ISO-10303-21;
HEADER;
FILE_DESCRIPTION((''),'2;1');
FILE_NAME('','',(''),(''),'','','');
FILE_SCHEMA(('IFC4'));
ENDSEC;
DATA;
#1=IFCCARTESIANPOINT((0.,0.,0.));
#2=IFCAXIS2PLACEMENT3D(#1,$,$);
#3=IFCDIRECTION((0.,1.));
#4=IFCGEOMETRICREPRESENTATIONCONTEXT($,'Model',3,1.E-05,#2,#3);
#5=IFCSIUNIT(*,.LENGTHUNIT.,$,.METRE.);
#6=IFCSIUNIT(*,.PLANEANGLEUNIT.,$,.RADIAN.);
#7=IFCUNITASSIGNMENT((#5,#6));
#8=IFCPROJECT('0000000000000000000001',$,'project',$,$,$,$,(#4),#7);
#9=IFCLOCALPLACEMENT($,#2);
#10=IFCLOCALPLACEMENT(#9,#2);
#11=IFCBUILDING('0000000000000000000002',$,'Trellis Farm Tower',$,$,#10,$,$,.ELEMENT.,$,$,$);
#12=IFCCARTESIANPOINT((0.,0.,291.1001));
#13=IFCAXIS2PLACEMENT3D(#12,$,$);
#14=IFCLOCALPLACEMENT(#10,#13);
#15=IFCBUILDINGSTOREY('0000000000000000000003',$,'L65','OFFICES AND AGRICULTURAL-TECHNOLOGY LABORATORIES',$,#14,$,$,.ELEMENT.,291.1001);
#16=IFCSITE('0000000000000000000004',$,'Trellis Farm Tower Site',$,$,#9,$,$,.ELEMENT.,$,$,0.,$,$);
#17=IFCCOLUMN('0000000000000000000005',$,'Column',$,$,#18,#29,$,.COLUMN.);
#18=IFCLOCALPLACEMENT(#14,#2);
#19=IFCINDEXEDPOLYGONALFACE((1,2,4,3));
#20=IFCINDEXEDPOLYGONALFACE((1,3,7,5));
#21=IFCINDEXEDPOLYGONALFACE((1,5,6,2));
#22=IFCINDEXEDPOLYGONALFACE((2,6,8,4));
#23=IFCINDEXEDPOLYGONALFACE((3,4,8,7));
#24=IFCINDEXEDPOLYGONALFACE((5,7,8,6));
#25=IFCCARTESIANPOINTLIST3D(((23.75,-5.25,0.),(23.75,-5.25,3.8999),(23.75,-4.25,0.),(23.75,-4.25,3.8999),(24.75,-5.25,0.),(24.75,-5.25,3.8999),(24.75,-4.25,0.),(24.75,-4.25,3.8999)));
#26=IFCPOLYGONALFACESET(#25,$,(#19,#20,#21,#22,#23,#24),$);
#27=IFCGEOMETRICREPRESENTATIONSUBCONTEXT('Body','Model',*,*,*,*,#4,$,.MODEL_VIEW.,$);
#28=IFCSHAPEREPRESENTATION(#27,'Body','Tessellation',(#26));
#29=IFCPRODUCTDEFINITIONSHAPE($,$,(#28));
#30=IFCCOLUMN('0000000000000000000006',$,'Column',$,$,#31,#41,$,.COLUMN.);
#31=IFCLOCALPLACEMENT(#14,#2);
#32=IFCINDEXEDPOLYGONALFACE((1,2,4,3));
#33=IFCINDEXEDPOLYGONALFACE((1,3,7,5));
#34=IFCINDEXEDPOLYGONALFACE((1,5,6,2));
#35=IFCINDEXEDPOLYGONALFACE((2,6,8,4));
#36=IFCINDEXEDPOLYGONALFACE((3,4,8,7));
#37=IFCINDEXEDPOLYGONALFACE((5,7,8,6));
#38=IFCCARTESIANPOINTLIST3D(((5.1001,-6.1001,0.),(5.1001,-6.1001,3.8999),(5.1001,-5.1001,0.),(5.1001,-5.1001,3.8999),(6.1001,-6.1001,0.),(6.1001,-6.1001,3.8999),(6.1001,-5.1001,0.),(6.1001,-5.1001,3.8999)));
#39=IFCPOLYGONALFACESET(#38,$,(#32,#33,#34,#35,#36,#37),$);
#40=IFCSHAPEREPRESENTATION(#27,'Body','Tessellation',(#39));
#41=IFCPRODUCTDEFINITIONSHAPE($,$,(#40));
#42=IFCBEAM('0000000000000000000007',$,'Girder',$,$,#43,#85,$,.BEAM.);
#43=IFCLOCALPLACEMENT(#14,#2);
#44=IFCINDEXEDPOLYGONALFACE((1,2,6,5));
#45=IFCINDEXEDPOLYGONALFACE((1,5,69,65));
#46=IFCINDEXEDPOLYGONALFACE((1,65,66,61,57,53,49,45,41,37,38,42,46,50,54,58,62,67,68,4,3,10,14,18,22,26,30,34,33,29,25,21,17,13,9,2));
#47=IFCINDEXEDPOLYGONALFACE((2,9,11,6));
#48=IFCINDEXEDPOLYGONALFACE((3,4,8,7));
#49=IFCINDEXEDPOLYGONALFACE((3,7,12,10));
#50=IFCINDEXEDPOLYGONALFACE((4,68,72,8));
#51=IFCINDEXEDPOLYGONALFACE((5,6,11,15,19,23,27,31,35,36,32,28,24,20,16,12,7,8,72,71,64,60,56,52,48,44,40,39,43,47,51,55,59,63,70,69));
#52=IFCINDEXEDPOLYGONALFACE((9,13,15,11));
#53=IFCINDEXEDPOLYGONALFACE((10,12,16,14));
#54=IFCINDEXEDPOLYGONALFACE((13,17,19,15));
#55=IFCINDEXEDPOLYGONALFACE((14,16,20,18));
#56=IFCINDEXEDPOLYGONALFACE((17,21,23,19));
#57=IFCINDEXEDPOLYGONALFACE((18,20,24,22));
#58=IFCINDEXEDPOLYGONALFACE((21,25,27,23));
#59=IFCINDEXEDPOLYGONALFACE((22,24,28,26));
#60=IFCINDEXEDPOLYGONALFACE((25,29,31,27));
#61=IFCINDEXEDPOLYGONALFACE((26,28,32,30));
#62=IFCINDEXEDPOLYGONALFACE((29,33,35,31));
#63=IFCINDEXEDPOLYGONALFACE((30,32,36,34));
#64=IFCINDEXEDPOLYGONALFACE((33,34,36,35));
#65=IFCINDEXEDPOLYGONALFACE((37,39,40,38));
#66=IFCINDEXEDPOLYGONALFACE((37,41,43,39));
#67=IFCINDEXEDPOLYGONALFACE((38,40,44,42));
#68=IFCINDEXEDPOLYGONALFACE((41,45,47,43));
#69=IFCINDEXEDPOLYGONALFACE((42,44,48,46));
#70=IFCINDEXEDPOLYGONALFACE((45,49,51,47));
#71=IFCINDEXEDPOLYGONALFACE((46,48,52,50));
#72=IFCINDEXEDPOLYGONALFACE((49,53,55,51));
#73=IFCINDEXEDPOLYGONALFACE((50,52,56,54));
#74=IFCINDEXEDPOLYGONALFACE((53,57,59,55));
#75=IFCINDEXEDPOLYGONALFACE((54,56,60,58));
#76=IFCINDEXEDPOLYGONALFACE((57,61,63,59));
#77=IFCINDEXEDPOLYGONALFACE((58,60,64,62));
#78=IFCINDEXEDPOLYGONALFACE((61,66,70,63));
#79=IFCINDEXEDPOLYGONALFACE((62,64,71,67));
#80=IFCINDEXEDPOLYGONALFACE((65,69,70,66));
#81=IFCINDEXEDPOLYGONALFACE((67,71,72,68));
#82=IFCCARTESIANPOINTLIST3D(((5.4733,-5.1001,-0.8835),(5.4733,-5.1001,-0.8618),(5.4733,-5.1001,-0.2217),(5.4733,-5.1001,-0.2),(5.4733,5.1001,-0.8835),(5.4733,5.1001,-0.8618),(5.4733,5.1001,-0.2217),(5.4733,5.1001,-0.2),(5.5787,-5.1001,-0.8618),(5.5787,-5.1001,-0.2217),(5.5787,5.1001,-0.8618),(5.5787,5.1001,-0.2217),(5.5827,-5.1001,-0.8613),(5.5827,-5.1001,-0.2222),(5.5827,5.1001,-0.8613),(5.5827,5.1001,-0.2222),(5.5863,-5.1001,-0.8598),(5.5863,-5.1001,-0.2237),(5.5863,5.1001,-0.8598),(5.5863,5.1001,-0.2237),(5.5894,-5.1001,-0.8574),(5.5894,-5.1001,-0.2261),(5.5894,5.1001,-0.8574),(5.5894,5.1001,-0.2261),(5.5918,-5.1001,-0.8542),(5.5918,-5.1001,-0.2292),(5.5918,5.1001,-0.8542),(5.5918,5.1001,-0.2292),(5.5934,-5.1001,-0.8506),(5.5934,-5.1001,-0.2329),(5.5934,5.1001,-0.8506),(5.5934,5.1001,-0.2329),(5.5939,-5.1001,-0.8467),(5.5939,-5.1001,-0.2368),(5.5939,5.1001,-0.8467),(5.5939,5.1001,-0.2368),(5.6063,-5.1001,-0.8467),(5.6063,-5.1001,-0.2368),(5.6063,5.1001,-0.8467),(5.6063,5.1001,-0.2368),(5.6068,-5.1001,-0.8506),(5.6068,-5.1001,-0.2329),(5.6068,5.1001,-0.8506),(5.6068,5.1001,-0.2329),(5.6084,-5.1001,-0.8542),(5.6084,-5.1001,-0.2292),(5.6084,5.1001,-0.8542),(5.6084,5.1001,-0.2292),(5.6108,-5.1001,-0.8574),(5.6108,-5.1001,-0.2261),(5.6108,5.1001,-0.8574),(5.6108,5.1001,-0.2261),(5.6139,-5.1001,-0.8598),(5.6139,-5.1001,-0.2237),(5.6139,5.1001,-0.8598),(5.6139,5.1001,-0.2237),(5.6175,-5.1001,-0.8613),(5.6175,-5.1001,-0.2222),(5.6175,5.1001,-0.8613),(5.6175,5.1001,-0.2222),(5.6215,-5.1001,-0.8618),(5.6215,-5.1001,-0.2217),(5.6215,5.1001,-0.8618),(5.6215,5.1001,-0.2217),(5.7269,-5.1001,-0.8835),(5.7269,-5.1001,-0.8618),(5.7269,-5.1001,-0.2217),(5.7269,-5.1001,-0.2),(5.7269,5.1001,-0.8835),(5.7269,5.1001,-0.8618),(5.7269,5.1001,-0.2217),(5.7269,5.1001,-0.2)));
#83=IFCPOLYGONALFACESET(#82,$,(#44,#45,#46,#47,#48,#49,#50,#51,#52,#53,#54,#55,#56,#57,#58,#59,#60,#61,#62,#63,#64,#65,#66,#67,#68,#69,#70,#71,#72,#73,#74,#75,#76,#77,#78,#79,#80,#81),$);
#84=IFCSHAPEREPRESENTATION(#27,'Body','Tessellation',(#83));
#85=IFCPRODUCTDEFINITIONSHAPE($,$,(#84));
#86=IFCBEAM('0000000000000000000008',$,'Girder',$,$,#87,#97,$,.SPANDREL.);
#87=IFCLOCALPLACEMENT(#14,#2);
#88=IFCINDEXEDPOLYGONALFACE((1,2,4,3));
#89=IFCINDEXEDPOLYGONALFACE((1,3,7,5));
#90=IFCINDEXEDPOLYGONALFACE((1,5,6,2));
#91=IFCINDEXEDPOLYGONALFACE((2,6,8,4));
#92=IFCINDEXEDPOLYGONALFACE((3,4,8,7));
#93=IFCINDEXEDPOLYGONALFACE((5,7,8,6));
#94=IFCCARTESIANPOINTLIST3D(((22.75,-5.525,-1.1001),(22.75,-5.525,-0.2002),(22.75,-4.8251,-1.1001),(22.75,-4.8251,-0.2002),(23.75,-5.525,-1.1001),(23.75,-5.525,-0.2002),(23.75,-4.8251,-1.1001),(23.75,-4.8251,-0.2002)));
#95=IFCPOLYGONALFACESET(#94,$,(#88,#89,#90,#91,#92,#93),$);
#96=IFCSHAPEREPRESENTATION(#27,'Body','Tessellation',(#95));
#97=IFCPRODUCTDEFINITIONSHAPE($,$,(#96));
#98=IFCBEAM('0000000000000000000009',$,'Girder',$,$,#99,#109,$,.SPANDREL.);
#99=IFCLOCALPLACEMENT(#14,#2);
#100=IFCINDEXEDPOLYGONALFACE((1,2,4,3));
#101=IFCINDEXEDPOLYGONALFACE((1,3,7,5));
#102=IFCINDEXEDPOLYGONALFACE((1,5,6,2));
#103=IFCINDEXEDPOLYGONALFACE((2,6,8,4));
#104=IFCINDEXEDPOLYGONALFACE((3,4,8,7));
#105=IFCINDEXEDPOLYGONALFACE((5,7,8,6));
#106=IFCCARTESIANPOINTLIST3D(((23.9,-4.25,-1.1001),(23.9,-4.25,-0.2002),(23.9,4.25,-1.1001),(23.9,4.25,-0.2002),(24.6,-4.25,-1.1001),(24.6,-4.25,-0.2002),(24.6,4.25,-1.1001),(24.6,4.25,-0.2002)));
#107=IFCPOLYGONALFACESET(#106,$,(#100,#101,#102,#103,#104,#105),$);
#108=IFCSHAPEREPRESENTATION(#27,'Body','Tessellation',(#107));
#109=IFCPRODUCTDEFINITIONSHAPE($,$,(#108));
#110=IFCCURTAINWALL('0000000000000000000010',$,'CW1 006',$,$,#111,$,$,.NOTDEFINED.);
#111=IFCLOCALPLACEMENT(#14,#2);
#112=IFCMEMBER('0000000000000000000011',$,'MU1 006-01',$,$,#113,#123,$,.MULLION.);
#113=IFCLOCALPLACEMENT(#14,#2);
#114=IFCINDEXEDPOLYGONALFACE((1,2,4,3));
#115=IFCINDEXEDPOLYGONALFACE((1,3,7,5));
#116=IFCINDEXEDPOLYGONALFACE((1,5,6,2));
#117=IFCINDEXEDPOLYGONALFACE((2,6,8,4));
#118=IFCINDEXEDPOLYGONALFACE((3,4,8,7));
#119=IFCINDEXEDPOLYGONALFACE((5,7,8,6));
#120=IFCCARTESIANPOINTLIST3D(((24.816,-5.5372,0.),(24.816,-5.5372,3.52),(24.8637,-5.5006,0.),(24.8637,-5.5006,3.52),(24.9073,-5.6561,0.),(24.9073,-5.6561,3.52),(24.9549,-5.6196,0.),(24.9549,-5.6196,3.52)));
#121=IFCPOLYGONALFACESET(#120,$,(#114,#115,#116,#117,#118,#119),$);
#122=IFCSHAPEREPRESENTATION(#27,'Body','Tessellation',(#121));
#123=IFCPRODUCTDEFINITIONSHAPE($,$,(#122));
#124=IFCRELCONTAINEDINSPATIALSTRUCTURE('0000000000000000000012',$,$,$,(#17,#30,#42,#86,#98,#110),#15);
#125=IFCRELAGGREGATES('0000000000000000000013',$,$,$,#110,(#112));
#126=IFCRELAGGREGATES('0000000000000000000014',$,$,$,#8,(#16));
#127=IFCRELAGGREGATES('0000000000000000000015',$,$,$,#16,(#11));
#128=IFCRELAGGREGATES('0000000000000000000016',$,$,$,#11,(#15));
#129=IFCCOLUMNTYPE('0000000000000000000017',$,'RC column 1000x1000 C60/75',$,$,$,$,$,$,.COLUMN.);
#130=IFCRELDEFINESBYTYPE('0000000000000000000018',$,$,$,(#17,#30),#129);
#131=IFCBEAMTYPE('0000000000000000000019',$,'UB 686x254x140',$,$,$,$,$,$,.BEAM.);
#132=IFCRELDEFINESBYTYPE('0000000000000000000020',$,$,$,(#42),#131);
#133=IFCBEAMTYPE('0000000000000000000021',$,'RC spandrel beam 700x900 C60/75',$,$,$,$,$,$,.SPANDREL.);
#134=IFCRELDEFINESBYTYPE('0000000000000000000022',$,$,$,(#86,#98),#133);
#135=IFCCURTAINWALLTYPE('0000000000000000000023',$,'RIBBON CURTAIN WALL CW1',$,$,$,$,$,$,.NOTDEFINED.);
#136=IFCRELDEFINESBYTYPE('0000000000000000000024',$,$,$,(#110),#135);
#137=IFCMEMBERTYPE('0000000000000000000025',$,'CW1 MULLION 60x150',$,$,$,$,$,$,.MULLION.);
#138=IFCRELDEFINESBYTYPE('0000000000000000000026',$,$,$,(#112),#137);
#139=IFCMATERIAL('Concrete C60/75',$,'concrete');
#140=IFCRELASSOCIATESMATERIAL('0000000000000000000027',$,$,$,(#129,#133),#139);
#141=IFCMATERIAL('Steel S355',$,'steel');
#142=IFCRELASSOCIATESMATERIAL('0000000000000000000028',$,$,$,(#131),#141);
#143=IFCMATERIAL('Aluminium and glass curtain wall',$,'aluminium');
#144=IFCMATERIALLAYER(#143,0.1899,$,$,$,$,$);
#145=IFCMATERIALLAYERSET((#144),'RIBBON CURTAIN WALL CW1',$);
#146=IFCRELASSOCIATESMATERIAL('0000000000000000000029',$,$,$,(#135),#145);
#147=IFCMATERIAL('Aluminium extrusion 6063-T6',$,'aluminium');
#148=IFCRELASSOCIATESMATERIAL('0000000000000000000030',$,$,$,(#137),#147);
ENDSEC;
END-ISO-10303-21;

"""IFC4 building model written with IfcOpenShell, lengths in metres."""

from ifc_helpers import new_model, si_unit, direction, frame, origin, origin_2d, place, context, subcontext, project, spatial, rectangle, i_section, extrude, source, transform, mapped, material, layer, layer_set, material_profile, profile_set, type_object, element, aggregate, save


model = new_model("IFC4")

# Units and contexts
model_context = context("Model", 3, precision=1e-05, world=origin(), true_north=direction((0.0, 1.0)))
body_context = subcontext(model_context, "Body", "Model", "MODEL_VIEW")
ifc_project = project(units=[si_unit("LENGTHUNIT", "METRE"), si_unit("PLANEANGLEUNIT", "RADIAN")], contexts=[model_context])

# Site, building, storey
site_placement = place(None, origin())
site = spatial("IfcSite", under=ifc_project, at=site_placement, Name="Trellis Farm Tower Site", CompositionType="ELEMENT", RefElevation=0.0)
building_placement = place(site_placement, origin())
building = spatial("IfcBuilding", under=site, at=building_placement, Name="Trellis Farm Tower", CompositionType="ELEMENT")
storey_placement = place(building_placement, frame((0.0, 0.0, 291.1001)))
storey = spatial("IfcBuildingStorey", under=building, at=storey_placement, Name="L65", Description="OFFICES AND AGRICULTURAL-TECHNOLOGY LABORATORIES", CompositionType="ELEMENT", Elevation=291.1001)

# Columns
ifc_material_1 = material(Name="Concrete C60/75", Category="concrete")
ifc_material_profile_1 = material_profile(ifc_material_1, rectangle(XDim=1.0, YDim=1.0, at=origin_2d()), Name="RC column 1000x1000 C60/75")
ifc_profile_set_1 = profile_set([ifc_material_profile_1], Name="Concrete C60/75")
column_type = type_object("IfcColumnType", Name="RC column 1000x1000 C60/75", PredefinedType="COLUMN", material=ifc_profile_set_1)
shared_shape_1 = source(origin(), body_context, "Body", "SweptSolid", [
    extrude(rectangle(XDim=1.0, YDim=1.0, at=origin_2d()), origin(), (0.0, 0.0, 1.0), 3.8999),
])
for number, where, z_axis, x_axis, name in (
    (1, (24.25, -4.75, 0.0), (0.0, 0.0, 1.0), (1.0, 0.0, 0.0), "Column"),
    (2, (5.6001, -5.6001, 0.0), (0.0, 0.0, 1.0), (1.0, 0.0, 0.0), "Column"),
):
    element("IfcColumn", number, at=place(storey_placement, frame(where, z_axis=z_axis, x_axis=x_axis)), inside=storey, type_object=column_type, Name=name, PredefinedType="COLUMN", context=body_context, shape_type="MappedRepresentation", body=[
        mapped(shared_shape_1, transform((0.0, 0.0, 0.0))),
    ])

# Beams
ifc_material_2 = material(Name="Steel S355", Category="steel")
ifc_material_profile_2 = material_profile(ifc_material_2, i_section(OverallWidth=0.2537, OverallDepth=0.6836, WebThickness=0.0125, FlangeThickness=0.0217, FilletRadius=0.0151, at=origin_2d()), Name="UB 686x254x140")
ifc_profile_set_2 = profile_set([ifc_material_profile_2], Name="Steel S355")
beam_type_1 = type_object("IfcBeamType", Name="UB 686x254x140", PredefinedType="BEAM", material=ifc_profile_set_2)
shared_shape_2 = source(origin(), body_context, "Body", "SweptSolid", [
    extrude(i_section(OverallWidth=0.2537, OverallDepth=0.6836, WebThickness=0.0125, FlangeThickness=0.0217, FilletRadius=0.0151, at=origin_2d()), origin(), (0.0, 0.0, 1.0), 10.2002),
])
beam_1_placement = place(storey_placement, frame((5.6001, -5.1001, -0.5417), z_axis=(0.0, 1.0, 0.0), x_axis=(-1.0, 0.0, 0.0)))
element("IfcBeam", 3, at=beam_1_placement, inside=storey, type_object=beam_type_1, Name="Girder", PredefinedType="BEAM", context=body_context, shape_type="MappedRepresentation", body=[
    mapped(shared_shape_2, transform((0.0, 0.0, 0.0))),
])
ifc_material_profile_3 = material_profile(ifc_material_1, rectangle(XDim=0.7, YDim=0.8999, at=origin_2d()), Name="RC spandrel beam 700x900 C60/75")
ifc_profile_set_3 = profile_set([ifc_material_profile_3], Name="Concrete C60/75")
beam_type_2 = type_object("IfcBeamType", Name="RC spandrel beam 700x900 C60/75", PredefinedType="SPANDREL", material=ifc_profile_set_3)
shared_shape_3 = source(origin(), body_context, "Body", "SweptSolid", [
    extrude(rectangle(XDim=0.7, YDim=0.8999, at=origin_2d()), origin(), (0.0, 0.0, 1.0), 1.0),
])
beam_2_placement = place(storey_placement, frame((22.75, -5.175, -0.6501), z_axis=(1.0, 0.0, 0.0), x_axis=(0.0, 1.0, 0.0)))
element("IfcBeam", 4, at=beam_2_placement, inside=storey, type_object=beam_type_2, Name="Girder", PredefinedType="SPANDREL", context=body_context, shape_type="MappedRepresentation", body=[
    mapped(shared_shape_3, transform((0.0, 0.0, 0.0))),
])
shared_shape_4 = source(origin(), body_context, "Body", "SweptSolid", [
    extrude(rectangle(XDim=0.7, YDim=0.8999, at=origin_2d()), origin(), (0.0, 0.0, 1.0), 8.5),
])
beam_3_placement = place(storey_placement, frame((24.25, -4.25, -0.6501), z_axis=(0.0, 1.0, 0.0), x_axis=(-1.0, 0.0, 0.0)))
element("IfcBeam", 5, at=beam_3_placement, inside=storey, type_object=beam_type_2, Name="Girder", PredefinedType="SPANDREL", context=body_context, shape_type="MappedRepresentation", body=[
    mapped(shared_shape_4, transform((0.0, 0.0, 0.0))),
])

# Curtain wall, member
ifc_material_3 = material(Name="Aluminium and glass curtain wall", Category="aluminium")
ifc_layer_1 = layer(ifc_material_3, 0.1899)
ifc_layer_set_1 = layer_set([ifc_layer_1], Name="RIBBON CURTAIN WALL CW1")
curtain_wall_type = type_object("IfcCurtainWallType", Name="RIBBON CURTAIN WALL CW1", PredefinedType="NOTDEFINED", material=ifc_layer_set_1)
placement = place(storey_placement, origin())
curtain_wall = element("IfcCurtainWall", 6, at=placement, inside=storey, type_object=curtain_wall_type, Name="CW1 006", PredefinedType="NOTDEFINED")
ifc_material_4 = material(Name="Aluminium extrusion 6063-T6", Category="aluminium")
ifc_material_profile_4 = material_profile(ifc_material_4, rectangle(XDim=0.0601, YDim=0.1499, at=origin_2d()), Name="MULLION 60x150")
ifc_profile_set_4 = profile_set([ifc_material_profile_4], Name="Aluminium extrusion 6063-T6")
member_type = type_object("IfcMemberType", Name="CW1 MULLION 60x150", PredefinedType="MULLION", material=ifc_profile_set_4)
shared_shape_5 = source(origin(), body_context, "Body", "SweptSolid", [
    extrude(rectangle(XDim=0.0601, YDim=0.1499, at=origin_2d()), origin(), (0.0, 0.0, 1.0), 3.52),
])
member_placement = place(storey_placement, frame((24.8855, -5.5784, 0.0), z_axis=(0.0, 0.0, 1.0), x_axis=(0.793353, 0.608761, 0.0)))
member = element("IfcMember", 7, at=member_placement, type_object=member_type, Name="MU1 006-01", PredefinedType="MULLION", context=body_context, shape_type="MappedRepresentation", body=[
    mapped(shared_shape_5, transform((0.0, 0.0, 0.0))),
])
aggregate(curtain_wall, [member])

save(model, "model.ifc")
